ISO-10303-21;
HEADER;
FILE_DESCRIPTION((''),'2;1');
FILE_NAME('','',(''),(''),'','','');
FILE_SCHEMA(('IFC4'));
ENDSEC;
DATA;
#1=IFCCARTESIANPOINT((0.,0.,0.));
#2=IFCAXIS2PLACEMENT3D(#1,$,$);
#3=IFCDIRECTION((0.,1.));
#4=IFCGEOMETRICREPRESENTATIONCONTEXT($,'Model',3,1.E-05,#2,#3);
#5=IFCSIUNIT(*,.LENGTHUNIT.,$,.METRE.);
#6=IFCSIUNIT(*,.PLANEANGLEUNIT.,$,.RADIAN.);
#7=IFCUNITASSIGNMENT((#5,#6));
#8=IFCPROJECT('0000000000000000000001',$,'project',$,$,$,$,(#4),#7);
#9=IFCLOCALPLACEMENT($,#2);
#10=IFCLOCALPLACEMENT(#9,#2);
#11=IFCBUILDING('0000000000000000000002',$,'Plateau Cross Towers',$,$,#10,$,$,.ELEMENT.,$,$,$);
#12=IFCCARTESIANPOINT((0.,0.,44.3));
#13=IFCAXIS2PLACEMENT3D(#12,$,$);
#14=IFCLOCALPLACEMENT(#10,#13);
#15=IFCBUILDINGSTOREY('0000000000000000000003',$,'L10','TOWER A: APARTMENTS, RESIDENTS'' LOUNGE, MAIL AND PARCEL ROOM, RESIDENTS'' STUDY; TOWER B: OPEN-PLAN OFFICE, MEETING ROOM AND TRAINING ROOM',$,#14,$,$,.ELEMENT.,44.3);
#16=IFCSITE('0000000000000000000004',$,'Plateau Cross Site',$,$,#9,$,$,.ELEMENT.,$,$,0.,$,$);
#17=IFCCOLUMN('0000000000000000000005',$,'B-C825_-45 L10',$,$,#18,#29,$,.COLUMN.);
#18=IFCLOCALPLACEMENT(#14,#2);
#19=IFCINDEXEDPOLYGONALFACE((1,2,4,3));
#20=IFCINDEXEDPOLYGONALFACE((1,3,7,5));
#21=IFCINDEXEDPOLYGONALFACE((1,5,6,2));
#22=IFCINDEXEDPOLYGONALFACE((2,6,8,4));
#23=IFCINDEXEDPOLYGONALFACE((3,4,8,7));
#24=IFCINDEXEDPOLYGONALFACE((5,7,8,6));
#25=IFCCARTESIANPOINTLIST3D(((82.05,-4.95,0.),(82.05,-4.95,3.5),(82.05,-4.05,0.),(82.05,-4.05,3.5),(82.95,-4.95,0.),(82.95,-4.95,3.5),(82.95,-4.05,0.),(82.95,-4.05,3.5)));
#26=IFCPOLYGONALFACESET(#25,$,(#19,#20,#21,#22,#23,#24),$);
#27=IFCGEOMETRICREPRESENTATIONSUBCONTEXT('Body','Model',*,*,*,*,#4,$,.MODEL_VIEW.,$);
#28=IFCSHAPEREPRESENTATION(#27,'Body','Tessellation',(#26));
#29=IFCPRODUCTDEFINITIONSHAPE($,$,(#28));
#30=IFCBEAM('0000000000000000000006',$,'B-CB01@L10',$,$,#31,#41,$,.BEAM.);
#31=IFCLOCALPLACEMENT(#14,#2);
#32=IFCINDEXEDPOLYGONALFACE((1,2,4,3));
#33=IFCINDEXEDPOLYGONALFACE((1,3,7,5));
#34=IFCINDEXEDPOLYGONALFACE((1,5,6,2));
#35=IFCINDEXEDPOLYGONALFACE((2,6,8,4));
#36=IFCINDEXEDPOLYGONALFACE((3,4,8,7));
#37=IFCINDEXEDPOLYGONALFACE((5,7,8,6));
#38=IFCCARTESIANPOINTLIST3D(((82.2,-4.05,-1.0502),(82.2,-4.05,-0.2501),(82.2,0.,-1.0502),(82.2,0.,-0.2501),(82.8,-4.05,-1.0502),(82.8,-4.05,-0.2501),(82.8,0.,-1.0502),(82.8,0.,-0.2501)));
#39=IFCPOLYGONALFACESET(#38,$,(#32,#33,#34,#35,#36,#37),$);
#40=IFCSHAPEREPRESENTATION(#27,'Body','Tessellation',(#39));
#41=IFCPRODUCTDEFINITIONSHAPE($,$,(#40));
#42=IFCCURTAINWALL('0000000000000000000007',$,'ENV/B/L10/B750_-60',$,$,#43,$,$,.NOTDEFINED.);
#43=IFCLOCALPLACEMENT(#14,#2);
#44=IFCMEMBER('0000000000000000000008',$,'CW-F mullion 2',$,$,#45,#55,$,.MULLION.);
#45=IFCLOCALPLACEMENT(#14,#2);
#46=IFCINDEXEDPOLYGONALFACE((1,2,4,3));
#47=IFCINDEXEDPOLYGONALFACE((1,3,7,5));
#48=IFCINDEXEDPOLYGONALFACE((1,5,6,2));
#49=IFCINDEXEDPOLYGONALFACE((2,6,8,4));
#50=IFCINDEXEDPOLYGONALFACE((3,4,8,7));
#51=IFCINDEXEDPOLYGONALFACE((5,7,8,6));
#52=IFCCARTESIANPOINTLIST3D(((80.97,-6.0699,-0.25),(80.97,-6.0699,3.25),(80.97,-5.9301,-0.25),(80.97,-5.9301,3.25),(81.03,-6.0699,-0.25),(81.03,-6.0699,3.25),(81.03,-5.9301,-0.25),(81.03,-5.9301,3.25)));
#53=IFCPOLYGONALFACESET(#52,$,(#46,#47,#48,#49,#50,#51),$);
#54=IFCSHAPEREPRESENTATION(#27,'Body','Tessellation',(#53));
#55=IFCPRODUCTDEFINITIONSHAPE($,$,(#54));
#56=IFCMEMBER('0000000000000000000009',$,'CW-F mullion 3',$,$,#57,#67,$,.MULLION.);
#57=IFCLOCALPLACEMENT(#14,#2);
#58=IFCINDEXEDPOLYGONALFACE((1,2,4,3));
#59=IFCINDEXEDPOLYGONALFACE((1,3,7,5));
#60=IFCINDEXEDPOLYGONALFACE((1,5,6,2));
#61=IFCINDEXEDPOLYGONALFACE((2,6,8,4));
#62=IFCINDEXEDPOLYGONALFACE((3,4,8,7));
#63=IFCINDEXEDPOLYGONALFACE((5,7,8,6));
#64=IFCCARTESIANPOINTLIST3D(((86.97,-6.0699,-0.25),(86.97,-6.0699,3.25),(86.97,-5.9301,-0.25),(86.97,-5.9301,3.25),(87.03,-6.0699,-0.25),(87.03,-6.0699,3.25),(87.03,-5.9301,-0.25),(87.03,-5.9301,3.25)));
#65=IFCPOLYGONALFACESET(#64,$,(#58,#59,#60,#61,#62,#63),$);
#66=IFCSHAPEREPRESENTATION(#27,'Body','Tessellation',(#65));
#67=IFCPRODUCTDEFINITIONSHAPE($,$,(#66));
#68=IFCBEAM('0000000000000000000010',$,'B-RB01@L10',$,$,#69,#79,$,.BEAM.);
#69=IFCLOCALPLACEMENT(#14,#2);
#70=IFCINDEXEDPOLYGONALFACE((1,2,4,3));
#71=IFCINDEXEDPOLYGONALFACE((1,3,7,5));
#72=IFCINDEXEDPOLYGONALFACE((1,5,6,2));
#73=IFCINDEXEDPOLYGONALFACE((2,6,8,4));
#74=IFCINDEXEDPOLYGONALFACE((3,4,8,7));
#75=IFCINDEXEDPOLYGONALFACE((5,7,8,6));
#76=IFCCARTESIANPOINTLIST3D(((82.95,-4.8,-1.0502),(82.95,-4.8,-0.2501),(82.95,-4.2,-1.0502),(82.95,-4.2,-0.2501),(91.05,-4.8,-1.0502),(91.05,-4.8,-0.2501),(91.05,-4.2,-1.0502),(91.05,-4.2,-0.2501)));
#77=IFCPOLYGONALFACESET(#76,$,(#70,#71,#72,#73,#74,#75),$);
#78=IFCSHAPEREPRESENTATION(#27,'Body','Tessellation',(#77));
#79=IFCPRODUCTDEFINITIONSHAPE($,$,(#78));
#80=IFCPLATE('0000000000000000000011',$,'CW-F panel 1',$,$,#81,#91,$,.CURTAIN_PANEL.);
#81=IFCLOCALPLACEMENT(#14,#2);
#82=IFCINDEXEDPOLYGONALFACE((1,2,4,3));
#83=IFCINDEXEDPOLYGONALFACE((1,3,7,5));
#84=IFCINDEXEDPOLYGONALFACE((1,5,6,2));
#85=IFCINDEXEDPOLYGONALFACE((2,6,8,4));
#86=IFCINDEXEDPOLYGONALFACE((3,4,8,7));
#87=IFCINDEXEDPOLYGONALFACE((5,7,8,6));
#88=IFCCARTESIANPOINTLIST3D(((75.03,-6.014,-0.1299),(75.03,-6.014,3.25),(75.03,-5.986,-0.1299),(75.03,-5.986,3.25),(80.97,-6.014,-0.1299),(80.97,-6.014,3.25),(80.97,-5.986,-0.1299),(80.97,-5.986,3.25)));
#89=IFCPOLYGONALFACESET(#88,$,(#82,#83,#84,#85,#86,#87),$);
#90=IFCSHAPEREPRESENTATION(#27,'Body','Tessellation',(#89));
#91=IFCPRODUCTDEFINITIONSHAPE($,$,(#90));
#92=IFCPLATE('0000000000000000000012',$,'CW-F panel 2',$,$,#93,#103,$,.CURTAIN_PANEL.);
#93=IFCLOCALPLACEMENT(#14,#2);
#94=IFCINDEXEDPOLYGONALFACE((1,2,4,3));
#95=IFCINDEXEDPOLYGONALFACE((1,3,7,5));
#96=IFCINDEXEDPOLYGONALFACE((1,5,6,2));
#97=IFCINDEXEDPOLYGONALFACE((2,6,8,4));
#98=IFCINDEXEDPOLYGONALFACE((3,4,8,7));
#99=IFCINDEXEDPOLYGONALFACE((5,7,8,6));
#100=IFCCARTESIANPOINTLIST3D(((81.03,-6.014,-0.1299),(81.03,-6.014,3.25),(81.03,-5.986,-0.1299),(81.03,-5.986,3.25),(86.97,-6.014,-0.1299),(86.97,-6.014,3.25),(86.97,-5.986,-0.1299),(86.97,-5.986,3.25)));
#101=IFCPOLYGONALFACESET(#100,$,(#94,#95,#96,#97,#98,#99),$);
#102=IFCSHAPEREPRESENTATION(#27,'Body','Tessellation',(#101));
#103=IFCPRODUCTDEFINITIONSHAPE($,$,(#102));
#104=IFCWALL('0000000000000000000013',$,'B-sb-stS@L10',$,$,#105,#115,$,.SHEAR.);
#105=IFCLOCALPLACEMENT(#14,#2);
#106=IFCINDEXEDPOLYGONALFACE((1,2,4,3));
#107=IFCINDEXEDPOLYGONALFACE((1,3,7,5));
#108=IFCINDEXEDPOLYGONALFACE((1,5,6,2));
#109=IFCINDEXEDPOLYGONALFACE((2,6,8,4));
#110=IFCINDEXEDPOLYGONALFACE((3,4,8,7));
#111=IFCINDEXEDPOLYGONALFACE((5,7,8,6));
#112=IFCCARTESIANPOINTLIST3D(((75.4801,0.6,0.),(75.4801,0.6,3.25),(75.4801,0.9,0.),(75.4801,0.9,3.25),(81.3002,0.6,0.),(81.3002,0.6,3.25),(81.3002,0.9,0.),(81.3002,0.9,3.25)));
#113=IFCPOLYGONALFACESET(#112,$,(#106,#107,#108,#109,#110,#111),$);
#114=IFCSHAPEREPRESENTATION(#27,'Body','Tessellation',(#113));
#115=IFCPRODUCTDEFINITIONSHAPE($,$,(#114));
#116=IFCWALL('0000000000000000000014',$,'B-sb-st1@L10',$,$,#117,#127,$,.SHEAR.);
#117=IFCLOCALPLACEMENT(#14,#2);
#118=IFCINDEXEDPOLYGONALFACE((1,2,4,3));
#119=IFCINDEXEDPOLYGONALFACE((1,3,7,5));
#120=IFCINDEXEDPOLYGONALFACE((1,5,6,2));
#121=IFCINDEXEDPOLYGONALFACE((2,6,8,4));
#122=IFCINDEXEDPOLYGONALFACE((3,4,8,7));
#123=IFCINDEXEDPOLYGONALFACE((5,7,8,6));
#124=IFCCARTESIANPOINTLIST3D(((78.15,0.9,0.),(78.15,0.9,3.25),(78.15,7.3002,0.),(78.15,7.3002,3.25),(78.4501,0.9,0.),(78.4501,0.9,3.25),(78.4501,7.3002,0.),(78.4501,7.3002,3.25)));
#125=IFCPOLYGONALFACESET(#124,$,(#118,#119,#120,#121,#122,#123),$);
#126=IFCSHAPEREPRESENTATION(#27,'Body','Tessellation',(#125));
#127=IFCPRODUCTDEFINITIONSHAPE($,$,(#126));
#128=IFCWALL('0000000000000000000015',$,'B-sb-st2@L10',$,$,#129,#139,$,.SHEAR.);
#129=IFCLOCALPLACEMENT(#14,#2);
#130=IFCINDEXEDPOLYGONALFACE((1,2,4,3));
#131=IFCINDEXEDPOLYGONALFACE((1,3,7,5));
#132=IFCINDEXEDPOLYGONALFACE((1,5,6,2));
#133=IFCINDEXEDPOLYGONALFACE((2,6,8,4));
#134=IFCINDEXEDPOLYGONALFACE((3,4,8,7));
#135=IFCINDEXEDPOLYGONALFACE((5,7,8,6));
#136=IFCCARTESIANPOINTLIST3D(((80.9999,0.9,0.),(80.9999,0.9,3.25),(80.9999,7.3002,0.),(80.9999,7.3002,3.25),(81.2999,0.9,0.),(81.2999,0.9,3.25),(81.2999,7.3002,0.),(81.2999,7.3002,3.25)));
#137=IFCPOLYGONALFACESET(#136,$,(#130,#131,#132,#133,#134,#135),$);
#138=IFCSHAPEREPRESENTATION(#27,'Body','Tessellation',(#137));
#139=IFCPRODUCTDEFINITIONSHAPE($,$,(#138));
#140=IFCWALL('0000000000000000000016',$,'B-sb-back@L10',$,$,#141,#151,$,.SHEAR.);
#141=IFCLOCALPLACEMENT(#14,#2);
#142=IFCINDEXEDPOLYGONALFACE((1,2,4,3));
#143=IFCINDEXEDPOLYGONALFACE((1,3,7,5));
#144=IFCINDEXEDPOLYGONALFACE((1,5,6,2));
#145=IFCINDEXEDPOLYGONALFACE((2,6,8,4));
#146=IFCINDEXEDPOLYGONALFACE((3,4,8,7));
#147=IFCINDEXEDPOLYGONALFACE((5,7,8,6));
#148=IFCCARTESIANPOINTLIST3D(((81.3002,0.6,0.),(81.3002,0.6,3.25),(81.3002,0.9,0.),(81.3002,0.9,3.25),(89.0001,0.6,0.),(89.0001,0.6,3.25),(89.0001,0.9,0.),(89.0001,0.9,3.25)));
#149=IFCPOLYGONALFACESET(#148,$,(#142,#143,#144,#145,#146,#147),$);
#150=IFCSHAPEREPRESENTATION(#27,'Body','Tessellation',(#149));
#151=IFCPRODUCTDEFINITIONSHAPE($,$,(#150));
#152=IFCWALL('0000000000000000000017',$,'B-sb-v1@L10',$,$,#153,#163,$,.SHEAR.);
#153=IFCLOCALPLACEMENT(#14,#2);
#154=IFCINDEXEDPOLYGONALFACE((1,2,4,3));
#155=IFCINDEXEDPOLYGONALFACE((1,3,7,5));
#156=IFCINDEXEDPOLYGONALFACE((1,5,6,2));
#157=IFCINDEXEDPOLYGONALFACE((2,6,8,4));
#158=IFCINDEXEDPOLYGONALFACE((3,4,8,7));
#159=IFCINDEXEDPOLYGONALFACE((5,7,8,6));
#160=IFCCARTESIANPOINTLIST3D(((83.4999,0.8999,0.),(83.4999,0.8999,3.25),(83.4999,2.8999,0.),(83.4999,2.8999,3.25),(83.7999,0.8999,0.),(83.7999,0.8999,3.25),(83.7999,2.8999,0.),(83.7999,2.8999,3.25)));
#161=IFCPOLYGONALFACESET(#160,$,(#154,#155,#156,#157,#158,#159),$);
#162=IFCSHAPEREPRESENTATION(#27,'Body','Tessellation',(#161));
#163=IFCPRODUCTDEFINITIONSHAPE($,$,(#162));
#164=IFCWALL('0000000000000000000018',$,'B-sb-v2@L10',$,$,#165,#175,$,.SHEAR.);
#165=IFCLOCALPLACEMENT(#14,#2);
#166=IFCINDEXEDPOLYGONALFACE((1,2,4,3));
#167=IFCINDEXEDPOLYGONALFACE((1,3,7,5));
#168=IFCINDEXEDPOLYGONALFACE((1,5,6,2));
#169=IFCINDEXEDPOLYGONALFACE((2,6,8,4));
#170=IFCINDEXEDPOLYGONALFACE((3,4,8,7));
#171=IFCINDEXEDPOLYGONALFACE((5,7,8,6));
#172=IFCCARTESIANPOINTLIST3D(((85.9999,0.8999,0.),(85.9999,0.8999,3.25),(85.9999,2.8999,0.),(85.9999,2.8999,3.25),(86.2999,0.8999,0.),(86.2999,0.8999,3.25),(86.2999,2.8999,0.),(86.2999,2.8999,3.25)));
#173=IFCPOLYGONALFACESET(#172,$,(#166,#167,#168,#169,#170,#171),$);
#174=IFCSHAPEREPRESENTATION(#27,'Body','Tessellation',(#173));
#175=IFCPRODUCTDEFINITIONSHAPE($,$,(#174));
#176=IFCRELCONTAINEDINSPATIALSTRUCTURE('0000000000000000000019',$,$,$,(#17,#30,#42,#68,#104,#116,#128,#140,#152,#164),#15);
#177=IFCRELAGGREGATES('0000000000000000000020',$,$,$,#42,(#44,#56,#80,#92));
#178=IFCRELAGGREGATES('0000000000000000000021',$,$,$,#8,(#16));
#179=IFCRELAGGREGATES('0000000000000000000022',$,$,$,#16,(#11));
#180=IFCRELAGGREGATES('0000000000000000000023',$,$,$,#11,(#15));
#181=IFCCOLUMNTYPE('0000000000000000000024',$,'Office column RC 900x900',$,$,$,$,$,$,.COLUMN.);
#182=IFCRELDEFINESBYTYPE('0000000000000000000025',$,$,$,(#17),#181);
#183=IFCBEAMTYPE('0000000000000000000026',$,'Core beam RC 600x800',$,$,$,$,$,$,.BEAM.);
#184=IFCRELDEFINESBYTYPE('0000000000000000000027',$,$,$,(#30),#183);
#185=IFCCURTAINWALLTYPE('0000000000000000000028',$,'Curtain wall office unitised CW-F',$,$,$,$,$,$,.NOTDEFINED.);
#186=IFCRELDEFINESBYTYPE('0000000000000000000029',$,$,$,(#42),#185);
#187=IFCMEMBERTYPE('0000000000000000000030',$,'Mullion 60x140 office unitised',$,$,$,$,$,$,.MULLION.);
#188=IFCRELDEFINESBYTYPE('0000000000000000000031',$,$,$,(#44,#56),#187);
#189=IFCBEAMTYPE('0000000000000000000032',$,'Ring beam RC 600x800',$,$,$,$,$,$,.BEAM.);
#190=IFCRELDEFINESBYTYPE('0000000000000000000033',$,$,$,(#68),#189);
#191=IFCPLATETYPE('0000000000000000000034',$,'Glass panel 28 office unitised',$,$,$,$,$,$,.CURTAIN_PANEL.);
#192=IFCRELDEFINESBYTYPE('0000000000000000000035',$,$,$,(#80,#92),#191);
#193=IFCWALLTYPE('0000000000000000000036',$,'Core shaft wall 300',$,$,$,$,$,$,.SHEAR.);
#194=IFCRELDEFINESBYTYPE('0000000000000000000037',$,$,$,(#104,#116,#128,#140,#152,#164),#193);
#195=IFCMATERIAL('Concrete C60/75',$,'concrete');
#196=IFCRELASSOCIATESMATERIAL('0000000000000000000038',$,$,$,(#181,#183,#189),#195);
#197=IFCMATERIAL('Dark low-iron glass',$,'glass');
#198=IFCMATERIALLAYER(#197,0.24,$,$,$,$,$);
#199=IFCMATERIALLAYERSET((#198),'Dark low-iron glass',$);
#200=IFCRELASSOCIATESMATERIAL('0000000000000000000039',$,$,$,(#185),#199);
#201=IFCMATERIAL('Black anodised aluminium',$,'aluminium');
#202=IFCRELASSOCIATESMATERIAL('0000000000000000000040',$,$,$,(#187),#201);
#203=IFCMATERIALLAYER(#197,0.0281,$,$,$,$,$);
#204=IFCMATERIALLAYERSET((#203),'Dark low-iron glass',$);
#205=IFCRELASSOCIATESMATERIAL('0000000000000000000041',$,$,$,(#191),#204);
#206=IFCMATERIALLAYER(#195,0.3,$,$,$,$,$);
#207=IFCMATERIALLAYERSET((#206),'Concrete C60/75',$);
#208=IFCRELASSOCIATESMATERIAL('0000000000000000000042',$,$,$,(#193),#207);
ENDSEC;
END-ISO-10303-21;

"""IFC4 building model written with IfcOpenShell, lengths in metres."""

from ifc_helpers import new_model, si_unit, direction, frame, frame_2d, origin, origin_2d, place, context, subcontext, project, spatial, rectangle, extrude, material, layer, layer_set, material_profile, profile_set, type_object, element, aggregate, save


model = new_model("IFC4")

# Units and contexts
model_context = context("Model", 3, precision=1e-05, world=origin(), true_north=direction((0.0, 1.0)))
body_context = subcontext(model_context, "Body", "Model", "MODEL_VIEW")
ifc_project = project(units=[si_unit("LENGTHUNIT", "METRE"), si_unit("PLANEANGLEUNIT", "RADIAN")], contexts=[model_context])

# Site, building, storey
site_placement = place(None, origin())
site = spatial("IfcSite", under=ifc_project, at=site_placement, Name="Plateau Cross Site", CompositionType="ELEMENT", RefElevation=0.0)
building_placement = place(site_placement, origin())
building = spatial("IfcBuilding", under=site, at=building_placement, Name="Plateau Cross Towers", CompositionType="ELEMENT")
storey_placement = place(building_placement, frame((0.0, 0.0, 44.3)))
storey = spatial("IfcBuildingStorey", under=building, at=storey_placement, Name="L10", Description="TOWER A: APARTMENTS, RESIDENTS' LOUNGE, MAIL AND PARCEL ROOM, RESIDENTS' STUDY; TOWER B: OPEN-PLAN OFFICE, MEETING ROOM AND TRAINING ROOM", CompositionType="ELEMENT", Elevation=44.3)

# Column
ifc_material_1 = material(Name="Concrete C60/75", Category="concrete")
ifc_material_profile_1 = material_profile(ifc_material_1, rectangle(XDim=0.8999, YDim=0.8999, at=origin_2d()), Name="RC 900x900")
ifc_profile_set_1 = profile_set([ifc_material_profile_1], Name="Concrete C60/75")
column_type = type_object("IfcColumnType", Name="Office column RC 900x900", PredefinedType="COLUMN", material=ifc_profile_set_1)
column_placement = place(storey_placement, frame((82.5, -4.5, 0.0), z_axis=(0.0, 0.0, 1.0), x_axis=(1.0, 0.0, 0.0)))
element("IfcColumn", 1, at=column_placement, inside=storey, type_object=column_type, Name="B-C825_-45 L10", PredefinedType="COLUMN", context=body_context, shape_type="SweptSolid", body=[
    extrude(rectangle(XDim=0.8999, YDim=0.8999, at=origin_2d()), origin(), (0.0, 0.0, 1.0), 3.5),
])

# Beam
ifc_material_profile_2 = material_profile(ifc_material_1, rectangle(XDim=0.6001, YDim=0.8, at=origin_2d()), Name="RC 600x800")
ifc_profile_set_2 = profile_set([ifc_material_profile_2], Name="Concrete C60/75")
beam_type_1 = type_object("IfcBeamType", Name="Core beam RC 600x800", PredefinedType="BEAM", material=ifc_profile_set_2)
beam_1_placement = place(storey_placement, frame((82.5, 0.0, -0.6501), z_axis=(0.0, -1.0, 0.0), x_axis=(1.0, 0.0, 0.0)))
element("IfcBeam", 2, at=beam_1_placement, inside=storey, type_object=beam_type_1, Name="B-CB01@L10", PredefinedType="BEAM", context=body_context, shape_type="SweptSolid", body=[
    extrude(rectangle(XDim=0.6001, YDim=0.8, at=origin_2d()), origin(), (0.0, 0.0, 1.0), 4.05),
])

# Curtain wall, members
ifc_material_2 = material(Name="Dark low-iron glass", Category="glass")
ifc_layer_1 = layer(ifc_material_2, 0.24)
ifc_layer_set_1 = layer_set([ifc_layer_1], Name="Dark low-iron glass")
curtain_wall_type = type_object("IfcCurtainWallType", Name="Curtain wall office unitised CW-F", PredefinedType="NOTDEFINED", material=ifc_layer_set_1)
curtain_wall_placement = place(storey_placement, origin())
curtain_wall = element("IfcCurtainWall", 3, at=curtain_wall_placement, inside=storey, type_object=curtain_wall_type, Name="ENV/B/L10/B750_-60", PredefinedType="NOTDEFINED")
ifc_material_3 = material(Name="Black anodised aluminium", Category="aluminium")
ifc_material_profile_3 = material_profile(ifc_material_3, rectangle(XDim=0.0601, YDim=0.1399, at=origin_2d()), Name="MULLION 60x140")
ifc_profile_set_3 = profile_set([ifc_material_profile_3], Name="Black anodised aluminium")
member_type = type_object("IfcMemberType", Name="Mullion 60x140 office unitised", PredefinedType="MULLION", material=ifc_profile_set_3)
member_1_placement = place(storey_placement, frame((81.0, -6.0, -0.25), z_axis=(0.0, 0.0, 1.0), x_axis=(1.0, 0.0, 0.0)))
member_1 = element("IfcMember", 4, at=member_1_placement, type_object=member_type, Name="CW-F mullion 2", PredefinedType="MULLION", context=body_context, shape_type="SweptSolid", body=[
    extrude(rectangle(XDim=0.0601, YDim=0.1399, at=origin_2d()), origin(), (0.0, 0.0, 1.0), 3.5),
])
member_2_placement = place(storey_placement, frame((87.0, -6.0, -0.25), z_axis=(0.0, 0.0, 1.0), x_axis=(1.0, 0.0, 0.0)))
member_2 = element("IfcMember", 5, at=member_2_placement, type_object=member_type, Name="CW-F mullion 3", PredefinedType="MULLION", context=body_context, shape_type="SweptSolid", body=[
    extrude(rectangle(XDim=0.0601, YDim=0.1399, at=origin_2d()), origin(), (0.0, 0.0, 1.0), 3.5),
])

# Beam
ifc_material_profile_4 = material_profile(ifc_material_1, rectangle(XDim=0.6001, YDim=0.8, at=origin_2d()), Name="RC 600x800")
ifc_profile_set_4 = profile_set([ifc_material_profile_4], Name="Concrete C60/75")
beam_type_2 = type_object("IfcBeamType", Name="Ring beam RC 600x800", PredefinedType="BEAM", material=ifc_profile_set_4)
beam_2_placement = place(storey_placement, frame((82.95, -4.5, -0.6501), z_axis=(1.0, 0.0, 0.0), x_axis=(0.0, 1.0, 0.0)))
element("IfcBeam", 6, at=beam_2_placement, inside=storey, type_object=beam_type_2, Name="B-RB01@L10", PredefinedType="BEAM", context=body_context, shape_type="SweptSolid", body=[
    extrude(rectangle(XDim=0.6001, YDim=0.8, at=origin_2d()), origin(), (0.0, 0.0, 1.0), 8.1001),
])

# Plates
ifc_layer_2 = layer(ifc_material_2, 0.0281)
ifc_layer_set_2 = layer_set([ifc_layer_2], Name="Dark low-iron glass")
plate_type = type_object("IfcPlateType", Name="Glass panel 28 office unitised", PredefinedType="CURTAIN_PANEL", material=ifc_layer_set_2)
plate_1_placement = place(storey_placement, frame((78.0, -6.0, -0.1299), z_axis=(0.0, 0.0, 1.0), x_axis=(1.0, 0.0, 0.0)))
plate_1 = element("IfcPlate", 7, at=plate_1_placement, type_object=plate_type, Name="CW-F panel 1", PredefinedType="CURTAIN_PANEL", context=body_context, shape_type="SweptSolid", body=[
    extrude(rectangle(XDim=5.9399, YDim=0.0281, at=origin_2d()), origin(), (0.0, 0.0, 1.0), 3.3799),
])
plate_2_placement = place(storey_placement, frame((84.0, -6.0, -0.1299), z_axis=(0.0, 0.0, 1.0), x_axis=(1.0, 0.0, 0.0)))
plate_2 = element("IfcPlate", 8, at=plate_2_placement, type_object=plate_type, Name="CW-F panel 2", PredefinedType="CURTAIN_PANEL", context=body_context, shape_type="SweptSolid", body=[
    extrude(rectangle(XDim=5.9399, YDim=0.0281, at=origin_2d()), origin(), (0.0, 0.0, 1.0), 3.3799),
])
aggregate(curtain_wall, [member_1, member_2, plate_1, plate_2])

# Walls
ifc_layer_3 = layer(ifc_material_1, 0.3)
ifc_layer_set_3 = layer_set([ifc_layer_3], Name="Concrete C60/75")
wall_type_1 = type_object("IfcWallType", Name="Core shaft wall 300", PredefinedType="SHEAR", material=ifc_layer_set_3)
wall_1_placement = place(storey_placement, frame((75.48, 0.75, 0.0), z_axis=(0.0, 0.0, 1.0), x_axis=(1.0, 0.0, 0.0)))
element("IfcWall", 9, at=wall_1_placement, inside=storey, type_object=wall_type_1, Name="B-sb-stS@L10", PredefinedType="SHEAR", context=body_context, shape_type="SweptSolid", body=[
    extrude(rectangle(XDim=5.8201, YDim=0.3, at=frame_2d((2.9102, 0.0))), origin(), (0.0, 0.0, 1.0), 3.25),
])
for number, where, z_axis, x_axis, name in (
    (10, (78.3, 0.8999, 0.0), (0.0, 0.0, 1.0), (0.0, 1.0, 0.0), "B-sb-st1@L10"),
    (11, (81.1499, 0.8999, 0.0), (0.0, 0.0, 1.0), (0.0, 1.0, 0.0), "B-sb-st2@L10"),
):
    element("IfcWall", number, at=place(storey_placement, frame(where, z_axis=z_axis, x_axis=x_axis)), inside=storey, type_object=wall_type_1, Name=name, PredefinedType="SHEAR", context=body_context, shape_type="SweptSolid", body=[
        extrude(rectangle(XDim=6.4001, YDim=0.3, at=frame_2d((3.2002, 0.0))), origin(), (0.0, 0.0, 1.0), 3.25),
    ])
wall_2_placement = place(storey_placement, frame((81.3, 0.75, 0.0), z_axis=(0.0, 0.0, 1.0), x_axis=(1.0, 0.0, 0.0)))
element("IfcWall", 12, at=wall_2_placement, inside=storey, type_object=wall_type_1, Name="B-sb-back@L10", PredefinedType="SHEAR", context=body_context, shape_type="SweptSolid", body=[
    extrude(rectangle(XDim=7.7, YDim=0.3, at=frame_2d((3.8501, 0.0))), origin(), (0.0, 0.0, 1.0), 3.25),
])
for number, where, z_axis, x_axis, name in (
    (13, (83.6499, 0.8999, 0.0), (0.0, 0.0, 1.0), (0.0, 1.0, 0.0), "B-sb-v1@L10"),
    (14, (86.1499, 0.8999, 0.0), (0.0, 0.0, 1.0), (0.0, 1.0, 0.0), "B-sb-v2@L10"),
):
    element("IfcWall", number, at=place(storey_placement, frame(where, z_axis=z_axis, x_axis=x_axis)), inside=storey, type_object=wall_type_1, Name=name, PredefinedType="SHEAR", context=body_context, shape_type="SweptSolid", body=[
        extrude(rectangle(XDim=2.0, YDim=0.3, at=frame_2d((1.0, 0.0))), origin(), (0.0, 0.0, 1.0), 3.25),
    ])

save(model, "model.ifc")
